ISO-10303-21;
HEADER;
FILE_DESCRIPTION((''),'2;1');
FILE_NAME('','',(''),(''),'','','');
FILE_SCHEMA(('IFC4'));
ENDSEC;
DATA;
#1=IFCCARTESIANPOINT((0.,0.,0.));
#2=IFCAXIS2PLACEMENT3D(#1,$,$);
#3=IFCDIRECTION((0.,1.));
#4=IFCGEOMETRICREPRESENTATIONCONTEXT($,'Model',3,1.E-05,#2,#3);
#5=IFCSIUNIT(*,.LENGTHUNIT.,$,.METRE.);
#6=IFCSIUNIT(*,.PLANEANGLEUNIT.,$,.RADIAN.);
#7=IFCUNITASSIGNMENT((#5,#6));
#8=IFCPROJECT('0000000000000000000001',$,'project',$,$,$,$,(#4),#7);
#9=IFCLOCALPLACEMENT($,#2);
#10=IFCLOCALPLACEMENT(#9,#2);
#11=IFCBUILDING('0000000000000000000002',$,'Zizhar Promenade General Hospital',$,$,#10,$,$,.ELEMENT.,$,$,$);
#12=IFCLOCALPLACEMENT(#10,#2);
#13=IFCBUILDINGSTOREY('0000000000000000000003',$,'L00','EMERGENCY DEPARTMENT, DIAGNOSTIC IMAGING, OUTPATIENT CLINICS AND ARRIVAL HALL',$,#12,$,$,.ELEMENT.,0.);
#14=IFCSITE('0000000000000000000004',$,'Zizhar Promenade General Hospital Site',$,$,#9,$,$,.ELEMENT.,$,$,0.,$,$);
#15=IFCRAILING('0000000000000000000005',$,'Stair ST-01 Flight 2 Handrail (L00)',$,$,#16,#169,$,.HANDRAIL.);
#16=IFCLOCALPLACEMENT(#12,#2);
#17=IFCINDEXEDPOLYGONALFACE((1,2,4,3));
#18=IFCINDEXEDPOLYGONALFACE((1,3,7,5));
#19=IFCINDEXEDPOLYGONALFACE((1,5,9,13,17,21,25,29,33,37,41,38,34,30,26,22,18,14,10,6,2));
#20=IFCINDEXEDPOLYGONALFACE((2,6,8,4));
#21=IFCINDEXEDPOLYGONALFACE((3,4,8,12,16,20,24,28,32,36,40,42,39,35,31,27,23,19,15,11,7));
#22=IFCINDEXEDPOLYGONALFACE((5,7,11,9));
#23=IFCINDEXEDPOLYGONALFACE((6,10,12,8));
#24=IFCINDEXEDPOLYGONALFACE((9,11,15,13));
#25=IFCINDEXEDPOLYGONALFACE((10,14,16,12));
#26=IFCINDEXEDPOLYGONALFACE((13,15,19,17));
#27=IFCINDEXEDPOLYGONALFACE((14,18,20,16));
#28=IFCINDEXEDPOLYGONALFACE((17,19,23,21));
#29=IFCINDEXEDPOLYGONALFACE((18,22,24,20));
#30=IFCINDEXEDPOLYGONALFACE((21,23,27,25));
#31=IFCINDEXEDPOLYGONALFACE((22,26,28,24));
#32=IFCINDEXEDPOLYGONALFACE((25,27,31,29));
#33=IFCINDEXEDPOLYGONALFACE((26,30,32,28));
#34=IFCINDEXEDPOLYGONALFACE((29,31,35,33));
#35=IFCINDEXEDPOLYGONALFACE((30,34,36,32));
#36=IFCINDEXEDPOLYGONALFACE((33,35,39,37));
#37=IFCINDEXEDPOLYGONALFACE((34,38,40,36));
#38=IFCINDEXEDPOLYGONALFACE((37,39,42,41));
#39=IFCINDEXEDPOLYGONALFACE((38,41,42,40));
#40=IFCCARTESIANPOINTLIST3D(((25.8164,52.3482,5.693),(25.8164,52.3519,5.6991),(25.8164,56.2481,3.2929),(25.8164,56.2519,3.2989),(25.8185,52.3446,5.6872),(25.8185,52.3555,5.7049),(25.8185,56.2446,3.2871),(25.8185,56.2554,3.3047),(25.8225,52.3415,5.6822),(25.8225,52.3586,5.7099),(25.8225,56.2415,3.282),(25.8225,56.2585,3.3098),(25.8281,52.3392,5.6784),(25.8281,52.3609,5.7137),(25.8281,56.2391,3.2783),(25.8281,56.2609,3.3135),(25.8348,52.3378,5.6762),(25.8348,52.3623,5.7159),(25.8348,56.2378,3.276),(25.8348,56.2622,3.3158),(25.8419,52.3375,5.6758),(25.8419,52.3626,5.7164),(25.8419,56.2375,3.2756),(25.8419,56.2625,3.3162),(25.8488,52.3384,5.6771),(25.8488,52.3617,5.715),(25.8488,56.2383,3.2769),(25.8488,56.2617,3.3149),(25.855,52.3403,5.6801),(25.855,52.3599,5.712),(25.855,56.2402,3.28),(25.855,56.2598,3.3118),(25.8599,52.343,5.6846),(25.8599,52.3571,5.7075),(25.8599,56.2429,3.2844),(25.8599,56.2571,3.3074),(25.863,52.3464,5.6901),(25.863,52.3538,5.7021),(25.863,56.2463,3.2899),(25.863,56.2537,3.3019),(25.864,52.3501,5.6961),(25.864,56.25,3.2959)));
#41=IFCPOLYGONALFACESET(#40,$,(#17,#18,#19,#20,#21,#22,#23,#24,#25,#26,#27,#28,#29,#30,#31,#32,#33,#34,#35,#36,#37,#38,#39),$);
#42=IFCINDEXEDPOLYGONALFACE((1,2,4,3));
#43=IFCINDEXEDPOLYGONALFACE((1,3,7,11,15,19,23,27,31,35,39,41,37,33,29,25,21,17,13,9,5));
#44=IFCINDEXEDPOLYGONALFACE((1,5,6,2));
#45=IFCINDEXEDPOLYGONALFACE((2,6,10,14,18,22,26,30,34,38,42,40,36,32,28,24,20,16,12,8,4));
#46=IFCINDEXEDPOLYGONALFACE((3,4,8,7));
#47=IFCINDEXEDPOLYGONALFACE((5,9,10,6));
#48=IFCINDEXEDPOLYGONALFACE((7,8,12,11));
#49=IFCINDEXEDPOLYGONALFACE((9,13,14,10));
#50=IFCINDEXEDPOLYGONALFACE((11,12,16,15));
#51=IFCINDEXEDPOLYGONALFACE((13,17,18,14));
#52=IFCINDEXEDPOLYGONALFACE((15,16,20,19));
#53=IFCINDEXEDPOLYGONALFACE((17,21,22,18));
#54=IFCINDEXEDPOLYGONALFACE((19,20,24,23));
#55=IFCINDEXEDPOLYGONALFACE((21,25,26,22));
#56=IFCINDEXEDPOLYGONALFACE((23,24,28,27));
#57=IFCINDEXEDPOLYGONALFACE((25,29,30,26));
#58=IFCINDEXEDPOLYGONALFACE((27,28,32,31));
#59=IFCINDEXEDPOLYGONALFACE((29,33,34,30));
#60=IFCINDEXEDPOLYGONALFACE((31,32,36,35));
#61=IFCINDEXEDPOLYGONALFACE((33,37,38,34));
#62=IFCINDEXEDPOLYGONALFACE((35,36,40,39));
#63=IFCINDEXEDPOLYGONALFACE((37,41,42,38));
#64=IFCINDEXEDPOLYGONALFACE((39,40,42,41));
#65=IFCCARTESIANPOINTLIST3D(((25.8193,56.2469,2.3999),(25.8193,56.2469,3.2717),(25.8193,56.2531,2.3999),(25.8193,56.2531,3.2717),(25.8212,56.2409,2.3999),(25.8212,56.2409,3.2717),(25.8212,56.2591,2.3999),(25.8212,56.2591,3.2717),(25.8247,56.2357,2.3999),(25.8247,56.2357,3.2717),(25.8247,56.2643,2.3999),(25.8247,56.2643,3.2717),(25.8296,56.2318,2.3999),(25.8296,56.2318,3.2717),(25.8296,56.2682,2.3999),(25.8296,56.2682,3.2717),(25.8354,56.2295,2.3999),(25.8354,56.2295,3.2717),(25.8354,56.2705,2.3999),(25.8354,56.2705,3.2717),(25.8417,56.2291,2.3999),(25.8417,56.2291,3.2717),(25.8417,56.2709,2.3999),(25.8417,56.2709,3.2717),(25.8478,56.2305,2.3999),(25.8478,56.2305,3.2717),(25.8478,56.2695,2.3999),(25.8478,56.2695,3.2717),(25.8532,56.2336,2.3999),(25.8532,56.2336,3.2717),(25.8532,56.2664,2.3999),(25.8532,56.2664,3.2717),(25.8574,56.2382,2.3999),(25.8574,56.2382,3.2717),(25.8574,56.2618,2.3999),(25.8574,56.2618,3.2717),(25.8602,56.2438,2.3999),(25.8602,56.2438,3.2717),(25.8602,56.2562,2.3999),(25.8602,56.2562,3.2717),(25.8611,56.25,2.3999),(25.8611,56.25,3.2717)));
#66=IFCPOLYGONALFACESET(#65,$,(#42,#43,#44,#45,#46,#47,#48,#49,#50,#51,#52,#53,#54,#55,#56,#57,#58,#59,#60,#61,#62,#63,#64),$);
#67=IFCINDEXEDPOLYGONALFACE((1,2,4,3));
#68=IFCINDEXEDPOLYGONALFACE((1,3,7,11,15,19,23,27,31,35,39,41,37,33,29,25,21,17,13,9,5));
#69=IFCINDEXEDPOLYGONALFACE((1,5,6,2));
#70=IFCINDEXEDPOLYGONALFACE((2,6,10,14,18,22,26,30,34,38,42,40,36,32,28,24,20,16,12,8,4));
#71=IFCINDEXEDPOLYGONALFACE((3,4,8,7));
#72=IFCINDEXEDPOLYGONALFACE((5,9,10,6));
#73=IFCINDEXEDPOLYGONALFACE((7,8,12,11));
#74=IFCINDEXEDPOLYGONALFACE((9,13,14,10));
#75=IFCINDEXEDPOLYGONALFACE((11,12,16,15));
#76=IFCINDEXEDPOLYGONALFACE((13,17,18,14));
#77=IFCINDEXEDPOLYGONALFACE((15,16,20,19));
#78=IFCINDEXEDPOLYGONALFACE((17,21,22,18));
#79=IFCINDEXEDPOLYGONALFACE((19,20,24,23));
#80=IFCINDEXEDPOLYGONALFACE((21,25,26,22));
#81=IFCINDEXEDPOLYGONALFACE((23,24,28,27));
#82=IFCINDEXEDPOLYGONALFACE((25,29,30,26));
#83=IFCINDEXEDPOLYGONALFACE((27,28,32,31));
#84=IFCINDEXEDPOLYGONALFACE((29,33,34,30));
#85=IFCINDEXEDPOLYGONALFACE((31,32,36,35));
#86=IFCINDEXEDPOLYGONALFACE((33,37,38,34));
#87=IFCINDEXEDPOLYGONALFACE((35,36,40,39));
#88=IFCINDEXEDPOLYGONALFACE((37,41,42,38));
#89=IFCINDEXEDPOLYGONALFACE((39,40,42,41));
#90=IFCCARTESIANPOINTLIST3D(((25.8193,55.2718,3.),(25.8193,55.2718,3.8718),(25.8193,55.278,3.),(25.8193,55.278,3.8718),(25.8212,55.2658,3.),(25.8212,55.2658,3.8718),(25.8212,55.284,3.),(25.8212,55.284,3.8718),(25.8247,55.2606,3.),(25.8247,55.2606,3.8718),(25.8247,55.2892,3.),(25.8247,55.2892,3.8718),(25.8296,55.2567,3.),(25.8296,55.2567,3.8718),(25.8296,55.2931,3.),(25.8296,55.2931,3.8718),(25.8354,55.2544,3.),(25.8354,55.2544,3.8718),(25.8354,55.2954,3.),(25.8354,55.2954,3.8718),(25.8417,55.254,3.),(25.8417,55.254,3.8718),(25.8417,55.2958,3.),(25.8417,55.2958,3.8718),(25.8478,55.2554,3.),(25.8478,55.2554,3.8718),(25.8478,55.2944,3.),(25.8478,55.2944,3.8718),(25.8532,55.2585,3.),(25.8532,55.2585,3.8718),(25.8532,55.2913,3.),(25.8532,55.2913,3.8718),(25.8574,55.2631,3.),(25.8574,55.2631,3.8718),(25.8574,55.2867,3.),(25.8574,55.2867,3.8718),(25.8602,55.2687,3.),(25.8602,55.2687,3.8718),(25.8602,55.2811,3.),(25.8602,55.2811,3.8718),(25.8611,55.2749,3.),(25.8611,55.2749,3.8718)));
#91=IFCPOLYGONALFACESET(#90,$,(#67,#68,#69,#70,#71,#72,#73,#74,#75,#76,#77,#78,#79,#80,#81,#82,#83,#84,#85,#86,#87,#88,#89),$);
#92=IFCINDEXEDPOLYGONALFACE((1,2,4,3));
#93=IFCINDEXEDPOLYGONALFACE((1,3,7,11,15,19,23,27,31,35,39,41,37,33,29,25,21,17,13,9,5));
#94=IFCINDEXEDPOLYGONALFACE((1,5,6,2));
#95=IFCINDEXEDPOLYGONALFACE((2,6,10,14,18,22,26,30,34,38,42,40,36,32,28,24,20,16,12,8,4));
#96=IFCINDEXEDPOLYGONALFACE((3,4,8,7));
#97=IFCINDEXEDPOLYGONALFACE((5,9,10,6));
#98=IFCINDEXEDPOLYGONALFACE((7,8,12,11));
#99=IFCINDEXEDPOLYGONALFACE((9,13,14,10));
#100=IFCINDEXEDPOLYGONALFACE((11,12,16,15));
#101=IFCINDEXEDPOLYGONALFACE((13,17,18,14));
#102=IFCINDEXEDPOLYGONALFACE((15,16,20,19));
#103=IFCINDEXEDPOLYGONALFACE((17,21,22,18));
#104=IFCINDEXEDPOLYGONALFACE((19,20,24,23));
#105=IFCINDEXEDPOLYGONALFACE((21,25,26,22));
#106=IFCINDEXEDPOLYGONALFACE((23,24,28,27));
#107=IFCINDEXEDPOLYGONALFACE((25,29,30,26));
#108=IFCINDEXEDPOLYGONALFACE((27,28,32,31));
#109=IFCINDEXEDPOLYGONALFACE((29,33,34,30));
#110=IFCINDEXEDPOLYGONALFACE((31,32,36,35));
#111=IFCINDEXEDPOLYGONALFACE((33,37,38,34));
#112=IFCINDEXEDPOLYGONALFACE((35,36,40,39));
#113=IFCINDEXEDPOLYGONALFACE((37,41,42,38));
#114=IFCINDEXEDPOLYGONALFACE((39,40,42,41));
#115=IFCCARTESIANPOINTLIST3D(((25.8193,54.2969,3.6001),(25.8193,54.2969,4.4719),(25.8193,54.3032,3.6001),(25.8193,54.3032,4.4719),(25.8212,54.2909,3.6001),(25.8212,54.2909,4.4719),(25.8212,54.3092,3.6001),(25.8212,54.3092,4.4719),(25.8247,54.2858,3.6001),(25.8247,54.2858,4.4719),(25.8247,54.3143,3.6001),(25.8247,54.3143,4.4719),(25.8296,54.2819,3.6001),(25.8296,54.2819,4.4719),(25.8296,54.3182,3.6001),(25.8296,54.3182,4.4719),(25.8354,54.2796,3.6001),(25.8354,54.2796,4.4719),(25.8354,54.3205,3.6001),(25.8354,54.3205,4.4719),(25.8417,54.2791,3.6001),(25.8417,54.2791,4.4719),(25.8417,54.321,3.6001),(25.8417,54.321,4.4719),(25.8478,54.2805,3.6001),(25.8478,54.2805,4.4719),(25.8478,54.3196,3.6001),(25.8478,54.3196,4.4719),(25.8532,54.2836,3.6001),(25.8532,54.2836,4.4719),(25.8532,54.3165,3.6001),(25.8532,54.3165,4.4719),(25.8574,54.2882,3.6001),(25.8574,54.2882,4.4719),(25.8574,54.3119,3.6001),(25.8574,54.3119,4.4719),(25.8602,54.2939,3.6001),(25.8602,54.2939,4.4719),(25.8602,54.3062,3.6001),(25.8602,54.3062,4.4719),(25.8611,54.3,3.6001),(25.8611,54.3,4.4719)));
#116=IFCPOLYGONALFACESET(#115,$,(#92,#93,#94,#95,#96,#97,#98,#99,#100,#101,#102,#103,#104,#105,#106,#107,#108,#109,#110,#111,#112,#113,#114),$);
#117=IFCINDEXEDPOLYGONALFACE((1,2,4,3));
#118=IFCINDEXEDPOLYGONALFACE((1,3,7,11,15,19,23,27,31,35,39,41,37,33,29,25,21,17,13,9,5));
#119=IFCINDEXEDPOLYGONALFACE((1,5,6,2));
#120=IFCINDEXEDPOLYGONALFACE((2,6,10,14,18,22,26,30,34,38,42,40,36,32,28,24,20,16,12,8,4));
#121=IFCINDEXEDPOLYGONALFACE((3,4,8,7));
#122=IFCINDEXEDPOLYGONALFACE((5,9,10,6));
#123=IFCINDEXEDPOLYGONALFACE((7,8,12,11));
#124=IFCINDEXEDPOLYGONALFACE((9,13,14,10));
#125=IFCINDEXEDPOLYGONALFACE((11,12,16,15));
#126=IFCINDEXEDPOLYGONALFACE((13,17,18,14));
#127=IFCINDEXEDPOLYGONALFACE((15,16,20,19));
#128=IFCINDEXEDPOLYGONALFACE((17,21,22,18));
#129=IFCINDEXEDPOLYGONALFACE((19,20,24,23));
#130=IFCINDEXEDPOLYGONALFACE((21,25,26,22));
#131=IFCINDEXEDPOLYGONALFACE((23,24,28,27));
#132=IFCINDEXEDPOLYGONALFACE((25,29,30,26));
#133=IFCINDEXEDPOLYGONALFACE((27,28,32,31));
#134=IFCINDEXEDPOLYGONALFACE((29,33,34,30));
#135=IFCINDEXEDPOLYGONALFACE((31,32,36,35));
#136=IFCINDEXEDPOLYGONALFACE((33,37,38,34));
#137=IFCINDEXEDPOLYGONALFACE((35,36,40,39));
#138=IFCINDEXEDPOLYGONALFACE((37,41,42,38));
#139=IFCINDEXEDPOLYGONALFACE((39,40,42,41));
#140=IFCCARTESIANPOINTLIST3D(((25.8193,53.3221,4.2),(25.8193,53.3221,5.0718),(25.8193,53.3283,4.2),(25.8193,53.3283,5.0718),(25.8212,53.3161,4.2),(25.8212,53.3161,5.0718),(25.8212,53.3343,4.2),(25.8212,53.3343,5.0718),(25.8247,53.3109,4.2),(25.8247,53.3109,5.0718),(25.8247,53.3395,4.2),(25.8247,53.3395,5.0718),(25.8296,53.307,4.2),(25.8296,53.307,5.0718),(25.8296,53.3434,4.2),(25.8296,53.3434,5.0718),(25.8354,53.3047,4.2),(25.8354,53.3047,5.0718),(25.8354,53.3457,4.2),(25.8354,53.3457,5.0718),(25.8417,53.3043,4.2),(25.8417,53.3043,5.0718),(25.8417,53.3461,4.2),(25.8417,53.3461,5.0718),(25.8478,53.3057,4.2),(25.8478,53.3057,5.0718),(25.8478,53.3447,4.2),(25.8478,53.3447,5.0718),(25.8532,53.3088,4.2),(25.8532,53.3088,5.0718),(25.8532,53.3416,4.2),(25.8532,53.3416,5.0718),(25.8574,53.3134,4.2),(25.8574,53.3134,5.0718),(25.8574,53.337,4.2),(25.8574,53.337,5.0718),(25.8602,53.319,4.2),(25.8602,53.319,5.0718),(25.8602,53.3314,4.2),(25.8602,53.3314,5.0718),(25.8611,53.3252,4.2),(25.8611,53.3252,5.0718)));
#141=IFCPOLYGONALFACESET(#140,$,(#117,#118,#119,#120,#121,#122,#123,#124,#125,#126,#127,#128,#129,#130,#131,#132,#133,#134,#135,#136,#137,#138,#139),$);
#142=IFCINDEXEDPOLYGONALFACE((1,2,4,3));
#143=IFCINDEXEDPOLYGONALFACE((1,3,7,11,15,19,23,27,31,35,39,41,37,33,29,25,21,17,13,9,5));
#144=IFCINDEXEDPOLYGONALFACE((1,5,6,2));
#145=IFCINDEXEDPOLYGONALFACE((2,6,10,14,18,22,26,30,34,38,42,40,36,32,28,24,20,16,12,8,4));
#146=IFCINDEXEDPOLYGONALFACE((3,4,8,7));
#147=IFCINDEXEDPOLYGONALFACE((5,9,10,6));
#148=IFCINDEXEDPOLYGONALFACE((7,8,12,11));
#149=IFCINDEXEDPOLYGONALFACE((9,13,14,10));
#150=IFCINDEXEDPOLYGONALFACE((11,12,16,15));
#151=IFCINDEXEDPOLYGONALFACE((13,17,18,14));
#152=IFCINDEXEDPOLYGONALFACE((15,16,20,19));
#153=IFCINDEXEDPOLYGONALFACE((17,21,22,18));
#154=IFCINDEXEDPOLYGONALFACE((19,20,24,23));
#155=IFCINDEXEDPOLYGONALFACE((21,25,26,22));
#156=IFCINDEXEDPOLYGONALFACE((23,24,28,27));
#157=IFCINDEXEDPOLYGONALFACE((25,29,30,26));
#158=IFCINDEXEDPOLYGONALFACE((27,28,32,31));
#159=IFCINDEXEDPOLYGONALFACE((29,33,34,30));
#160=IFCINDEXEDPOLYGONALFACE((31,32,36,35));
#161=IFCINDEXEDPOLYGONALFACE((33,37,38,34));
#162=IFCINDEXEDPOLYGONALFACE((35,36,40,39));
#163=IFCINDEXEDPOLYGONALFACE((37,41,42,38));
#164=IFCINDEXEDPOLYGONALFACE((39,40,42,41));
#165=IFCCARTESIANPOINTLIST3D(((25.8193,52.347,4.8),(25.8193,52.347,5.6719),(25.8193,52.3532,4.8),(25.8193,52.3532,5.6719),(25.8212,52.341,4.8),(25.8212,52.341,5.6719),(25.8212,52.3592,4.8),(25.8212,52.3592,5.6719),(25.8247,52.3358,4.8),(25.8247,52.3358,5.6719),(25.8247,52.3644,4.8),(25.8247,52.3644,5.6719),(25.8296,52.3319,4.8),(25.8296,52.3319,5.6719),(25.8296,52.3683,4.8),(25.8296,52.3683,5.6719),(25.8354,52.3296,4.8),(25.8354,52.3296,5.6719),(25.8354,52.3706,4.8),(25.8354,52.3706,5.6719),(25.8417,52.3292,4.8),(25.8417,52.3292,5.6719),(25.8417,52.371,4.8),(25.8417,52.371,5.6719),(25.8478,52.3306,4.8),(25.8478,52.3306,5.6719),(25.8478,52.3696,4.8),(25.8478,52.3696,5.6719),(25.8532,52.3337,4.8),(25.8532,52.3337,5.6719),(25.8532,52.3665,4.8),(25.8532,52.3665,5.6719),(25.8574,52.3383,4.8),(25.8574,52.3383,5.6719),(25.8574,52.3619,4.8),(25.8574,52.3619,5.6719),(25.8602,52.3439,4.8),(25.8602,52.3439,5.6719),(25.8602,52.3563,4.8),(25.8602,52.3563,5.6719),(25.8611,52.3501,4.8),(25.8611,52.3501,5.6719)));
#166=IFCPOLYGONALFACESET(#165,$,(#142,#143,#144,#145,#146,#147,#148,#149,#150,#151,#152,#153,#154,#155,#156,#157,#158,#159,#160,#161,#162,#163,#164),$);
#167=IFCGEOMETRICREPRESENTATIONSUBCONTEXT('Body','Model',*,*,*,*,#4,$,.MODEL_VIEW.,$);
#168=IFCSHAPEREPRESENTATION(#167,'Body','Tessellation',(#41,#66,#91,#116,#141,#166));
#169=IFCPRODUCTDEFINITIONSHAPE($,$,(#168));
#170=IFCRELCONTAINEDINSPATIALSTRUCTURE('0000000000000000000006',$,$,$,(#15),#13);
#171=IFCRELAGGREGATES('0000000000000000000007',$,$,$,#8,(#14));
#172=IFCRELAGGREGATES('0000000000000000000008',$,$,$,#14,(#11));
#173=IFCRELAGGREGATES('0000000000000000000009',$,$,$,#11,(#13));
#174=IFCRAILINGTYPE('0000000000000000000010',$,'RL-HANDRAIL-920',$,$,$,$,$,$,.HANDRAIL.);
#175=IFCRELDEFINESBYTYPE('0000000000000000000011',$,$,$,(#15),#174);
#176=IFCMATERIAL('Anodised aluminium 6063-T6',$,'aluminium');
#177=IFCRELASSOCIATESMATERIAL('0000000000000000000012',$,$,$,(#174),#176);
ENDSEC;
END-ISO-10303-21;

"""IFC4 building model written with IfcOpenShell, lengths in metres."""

from ifc_helpers import new_model, si_unit, direction, frame, origin, origin_2d, place, context, subcontext, project, spatial, circle, hollow_circle, extrude, material, material_profile, profile_set, type_object, element, save


model = new_model("IFC4")

# Units and contexts
model_context = context("Model", 3, precision=1e-05, world=origin(), true_north=direction((0.0, 1.0)))
body_context = subcontext(model_context, "Body", "Model", "MODEL_VIEW")
ifc_project = project(units=[si_unit("LENGTHUNIT", "METRE"), si_unit("PLANEANGLEUNIT", "RADIAN")], contexts=[model_context])

# Site, building, storey
site_placement = place(None, origin())
site = spatial("IfcSite", under=ifc_project, at=site_placement, Name="Zizhar Promenade General Hospital Site", CompositionType="ELEMENT", RefElevation=0.0)
building_placement = place(site_placement, origin())
building = spatial("IfcBuilding", under=site, at=building_placement, Name="Zizhar Promenade General Hospital", CompositionType="ELEMENT")
storey_placement = place(building_placement, origin())
storey = spatial("IfcBuildingStorey", under=building, at=storey_placement, Name="L00", Description="EMERGENCY DEPARTMENT, DIAGNOSTIC IMAGING, OUTPATIENT CLINICS AND ARRIVAL HALL", CompositionType="ELEMENT", Elevation=0.0)

# Railing
ifc_material_1 = material(Name="Anodised aluminium 6063-T6", Category="aluminium")
ifc_material_profile_1 = material_profile(ifc_material_1, hollow_circle(Radius=0.0698, WallThickness=0.0063, at=origin_2d()))
ifc_profile_set_1 = profile_set([ifc_material_profile_1], Name="Anodised aluminium 6063-T6")
railing_type_1 = type_object("IfcRailingType", Name="RL-HANDRAIL-920", PredefinedType="HANDRAIL", material=ifc_profile_set_1)
railing_1_placement = place(storey_placement, frame((25.8401, 56.25, 2.3999)))
element("IfcRailing", 1, at=railing_1_placement, inside=storey, type_object=railing_type_1, Name="Stair ST-01 Flight 2 Handrail (L00)", PredefinedType="HANDRAIL", context=body_context, shape_type="SweptSolid", body=[
    extrude(circle(Radius=0.0239, at=origin_2d()), frame((0.0, 0.0, 0.896), z_axis=(0.0, -0.851638, 0.52413), x_axis=(1.0, 0.0, 0.0)), (0.0, 0.0, 1.0), 4.5793),
    extrude(circle(Radius=0.021, at=origin_2d()), origin(), (0.0, 0.0, 1.0), 0.8718),
    extrude(circle(Radius=0.021, at=origin_2d()), frame((0.0, -0.9751, 0.6001)), (0.0, 0.0, 1.0), 0.8718),
    extrude(circle(Radius=0.021, at=origin_2d()), frame((0.0, -1.95, 1.2002)), (0.0, 0.0, 1.0), 0.8718),
    extrude(circle(Radius=0.021, at=origin_2d()), frame((0.0, -2.9248, 1.8)), (0.0, 0.0, 1.0), 0.8718),
    extrude(circle(Radius=0.021, at=origin_2d()), frame((0.0, -3.8999, 2.4001)), (0.0, 0.0, 1.0), 0.8718),
])

save(model, "model.ifc")
